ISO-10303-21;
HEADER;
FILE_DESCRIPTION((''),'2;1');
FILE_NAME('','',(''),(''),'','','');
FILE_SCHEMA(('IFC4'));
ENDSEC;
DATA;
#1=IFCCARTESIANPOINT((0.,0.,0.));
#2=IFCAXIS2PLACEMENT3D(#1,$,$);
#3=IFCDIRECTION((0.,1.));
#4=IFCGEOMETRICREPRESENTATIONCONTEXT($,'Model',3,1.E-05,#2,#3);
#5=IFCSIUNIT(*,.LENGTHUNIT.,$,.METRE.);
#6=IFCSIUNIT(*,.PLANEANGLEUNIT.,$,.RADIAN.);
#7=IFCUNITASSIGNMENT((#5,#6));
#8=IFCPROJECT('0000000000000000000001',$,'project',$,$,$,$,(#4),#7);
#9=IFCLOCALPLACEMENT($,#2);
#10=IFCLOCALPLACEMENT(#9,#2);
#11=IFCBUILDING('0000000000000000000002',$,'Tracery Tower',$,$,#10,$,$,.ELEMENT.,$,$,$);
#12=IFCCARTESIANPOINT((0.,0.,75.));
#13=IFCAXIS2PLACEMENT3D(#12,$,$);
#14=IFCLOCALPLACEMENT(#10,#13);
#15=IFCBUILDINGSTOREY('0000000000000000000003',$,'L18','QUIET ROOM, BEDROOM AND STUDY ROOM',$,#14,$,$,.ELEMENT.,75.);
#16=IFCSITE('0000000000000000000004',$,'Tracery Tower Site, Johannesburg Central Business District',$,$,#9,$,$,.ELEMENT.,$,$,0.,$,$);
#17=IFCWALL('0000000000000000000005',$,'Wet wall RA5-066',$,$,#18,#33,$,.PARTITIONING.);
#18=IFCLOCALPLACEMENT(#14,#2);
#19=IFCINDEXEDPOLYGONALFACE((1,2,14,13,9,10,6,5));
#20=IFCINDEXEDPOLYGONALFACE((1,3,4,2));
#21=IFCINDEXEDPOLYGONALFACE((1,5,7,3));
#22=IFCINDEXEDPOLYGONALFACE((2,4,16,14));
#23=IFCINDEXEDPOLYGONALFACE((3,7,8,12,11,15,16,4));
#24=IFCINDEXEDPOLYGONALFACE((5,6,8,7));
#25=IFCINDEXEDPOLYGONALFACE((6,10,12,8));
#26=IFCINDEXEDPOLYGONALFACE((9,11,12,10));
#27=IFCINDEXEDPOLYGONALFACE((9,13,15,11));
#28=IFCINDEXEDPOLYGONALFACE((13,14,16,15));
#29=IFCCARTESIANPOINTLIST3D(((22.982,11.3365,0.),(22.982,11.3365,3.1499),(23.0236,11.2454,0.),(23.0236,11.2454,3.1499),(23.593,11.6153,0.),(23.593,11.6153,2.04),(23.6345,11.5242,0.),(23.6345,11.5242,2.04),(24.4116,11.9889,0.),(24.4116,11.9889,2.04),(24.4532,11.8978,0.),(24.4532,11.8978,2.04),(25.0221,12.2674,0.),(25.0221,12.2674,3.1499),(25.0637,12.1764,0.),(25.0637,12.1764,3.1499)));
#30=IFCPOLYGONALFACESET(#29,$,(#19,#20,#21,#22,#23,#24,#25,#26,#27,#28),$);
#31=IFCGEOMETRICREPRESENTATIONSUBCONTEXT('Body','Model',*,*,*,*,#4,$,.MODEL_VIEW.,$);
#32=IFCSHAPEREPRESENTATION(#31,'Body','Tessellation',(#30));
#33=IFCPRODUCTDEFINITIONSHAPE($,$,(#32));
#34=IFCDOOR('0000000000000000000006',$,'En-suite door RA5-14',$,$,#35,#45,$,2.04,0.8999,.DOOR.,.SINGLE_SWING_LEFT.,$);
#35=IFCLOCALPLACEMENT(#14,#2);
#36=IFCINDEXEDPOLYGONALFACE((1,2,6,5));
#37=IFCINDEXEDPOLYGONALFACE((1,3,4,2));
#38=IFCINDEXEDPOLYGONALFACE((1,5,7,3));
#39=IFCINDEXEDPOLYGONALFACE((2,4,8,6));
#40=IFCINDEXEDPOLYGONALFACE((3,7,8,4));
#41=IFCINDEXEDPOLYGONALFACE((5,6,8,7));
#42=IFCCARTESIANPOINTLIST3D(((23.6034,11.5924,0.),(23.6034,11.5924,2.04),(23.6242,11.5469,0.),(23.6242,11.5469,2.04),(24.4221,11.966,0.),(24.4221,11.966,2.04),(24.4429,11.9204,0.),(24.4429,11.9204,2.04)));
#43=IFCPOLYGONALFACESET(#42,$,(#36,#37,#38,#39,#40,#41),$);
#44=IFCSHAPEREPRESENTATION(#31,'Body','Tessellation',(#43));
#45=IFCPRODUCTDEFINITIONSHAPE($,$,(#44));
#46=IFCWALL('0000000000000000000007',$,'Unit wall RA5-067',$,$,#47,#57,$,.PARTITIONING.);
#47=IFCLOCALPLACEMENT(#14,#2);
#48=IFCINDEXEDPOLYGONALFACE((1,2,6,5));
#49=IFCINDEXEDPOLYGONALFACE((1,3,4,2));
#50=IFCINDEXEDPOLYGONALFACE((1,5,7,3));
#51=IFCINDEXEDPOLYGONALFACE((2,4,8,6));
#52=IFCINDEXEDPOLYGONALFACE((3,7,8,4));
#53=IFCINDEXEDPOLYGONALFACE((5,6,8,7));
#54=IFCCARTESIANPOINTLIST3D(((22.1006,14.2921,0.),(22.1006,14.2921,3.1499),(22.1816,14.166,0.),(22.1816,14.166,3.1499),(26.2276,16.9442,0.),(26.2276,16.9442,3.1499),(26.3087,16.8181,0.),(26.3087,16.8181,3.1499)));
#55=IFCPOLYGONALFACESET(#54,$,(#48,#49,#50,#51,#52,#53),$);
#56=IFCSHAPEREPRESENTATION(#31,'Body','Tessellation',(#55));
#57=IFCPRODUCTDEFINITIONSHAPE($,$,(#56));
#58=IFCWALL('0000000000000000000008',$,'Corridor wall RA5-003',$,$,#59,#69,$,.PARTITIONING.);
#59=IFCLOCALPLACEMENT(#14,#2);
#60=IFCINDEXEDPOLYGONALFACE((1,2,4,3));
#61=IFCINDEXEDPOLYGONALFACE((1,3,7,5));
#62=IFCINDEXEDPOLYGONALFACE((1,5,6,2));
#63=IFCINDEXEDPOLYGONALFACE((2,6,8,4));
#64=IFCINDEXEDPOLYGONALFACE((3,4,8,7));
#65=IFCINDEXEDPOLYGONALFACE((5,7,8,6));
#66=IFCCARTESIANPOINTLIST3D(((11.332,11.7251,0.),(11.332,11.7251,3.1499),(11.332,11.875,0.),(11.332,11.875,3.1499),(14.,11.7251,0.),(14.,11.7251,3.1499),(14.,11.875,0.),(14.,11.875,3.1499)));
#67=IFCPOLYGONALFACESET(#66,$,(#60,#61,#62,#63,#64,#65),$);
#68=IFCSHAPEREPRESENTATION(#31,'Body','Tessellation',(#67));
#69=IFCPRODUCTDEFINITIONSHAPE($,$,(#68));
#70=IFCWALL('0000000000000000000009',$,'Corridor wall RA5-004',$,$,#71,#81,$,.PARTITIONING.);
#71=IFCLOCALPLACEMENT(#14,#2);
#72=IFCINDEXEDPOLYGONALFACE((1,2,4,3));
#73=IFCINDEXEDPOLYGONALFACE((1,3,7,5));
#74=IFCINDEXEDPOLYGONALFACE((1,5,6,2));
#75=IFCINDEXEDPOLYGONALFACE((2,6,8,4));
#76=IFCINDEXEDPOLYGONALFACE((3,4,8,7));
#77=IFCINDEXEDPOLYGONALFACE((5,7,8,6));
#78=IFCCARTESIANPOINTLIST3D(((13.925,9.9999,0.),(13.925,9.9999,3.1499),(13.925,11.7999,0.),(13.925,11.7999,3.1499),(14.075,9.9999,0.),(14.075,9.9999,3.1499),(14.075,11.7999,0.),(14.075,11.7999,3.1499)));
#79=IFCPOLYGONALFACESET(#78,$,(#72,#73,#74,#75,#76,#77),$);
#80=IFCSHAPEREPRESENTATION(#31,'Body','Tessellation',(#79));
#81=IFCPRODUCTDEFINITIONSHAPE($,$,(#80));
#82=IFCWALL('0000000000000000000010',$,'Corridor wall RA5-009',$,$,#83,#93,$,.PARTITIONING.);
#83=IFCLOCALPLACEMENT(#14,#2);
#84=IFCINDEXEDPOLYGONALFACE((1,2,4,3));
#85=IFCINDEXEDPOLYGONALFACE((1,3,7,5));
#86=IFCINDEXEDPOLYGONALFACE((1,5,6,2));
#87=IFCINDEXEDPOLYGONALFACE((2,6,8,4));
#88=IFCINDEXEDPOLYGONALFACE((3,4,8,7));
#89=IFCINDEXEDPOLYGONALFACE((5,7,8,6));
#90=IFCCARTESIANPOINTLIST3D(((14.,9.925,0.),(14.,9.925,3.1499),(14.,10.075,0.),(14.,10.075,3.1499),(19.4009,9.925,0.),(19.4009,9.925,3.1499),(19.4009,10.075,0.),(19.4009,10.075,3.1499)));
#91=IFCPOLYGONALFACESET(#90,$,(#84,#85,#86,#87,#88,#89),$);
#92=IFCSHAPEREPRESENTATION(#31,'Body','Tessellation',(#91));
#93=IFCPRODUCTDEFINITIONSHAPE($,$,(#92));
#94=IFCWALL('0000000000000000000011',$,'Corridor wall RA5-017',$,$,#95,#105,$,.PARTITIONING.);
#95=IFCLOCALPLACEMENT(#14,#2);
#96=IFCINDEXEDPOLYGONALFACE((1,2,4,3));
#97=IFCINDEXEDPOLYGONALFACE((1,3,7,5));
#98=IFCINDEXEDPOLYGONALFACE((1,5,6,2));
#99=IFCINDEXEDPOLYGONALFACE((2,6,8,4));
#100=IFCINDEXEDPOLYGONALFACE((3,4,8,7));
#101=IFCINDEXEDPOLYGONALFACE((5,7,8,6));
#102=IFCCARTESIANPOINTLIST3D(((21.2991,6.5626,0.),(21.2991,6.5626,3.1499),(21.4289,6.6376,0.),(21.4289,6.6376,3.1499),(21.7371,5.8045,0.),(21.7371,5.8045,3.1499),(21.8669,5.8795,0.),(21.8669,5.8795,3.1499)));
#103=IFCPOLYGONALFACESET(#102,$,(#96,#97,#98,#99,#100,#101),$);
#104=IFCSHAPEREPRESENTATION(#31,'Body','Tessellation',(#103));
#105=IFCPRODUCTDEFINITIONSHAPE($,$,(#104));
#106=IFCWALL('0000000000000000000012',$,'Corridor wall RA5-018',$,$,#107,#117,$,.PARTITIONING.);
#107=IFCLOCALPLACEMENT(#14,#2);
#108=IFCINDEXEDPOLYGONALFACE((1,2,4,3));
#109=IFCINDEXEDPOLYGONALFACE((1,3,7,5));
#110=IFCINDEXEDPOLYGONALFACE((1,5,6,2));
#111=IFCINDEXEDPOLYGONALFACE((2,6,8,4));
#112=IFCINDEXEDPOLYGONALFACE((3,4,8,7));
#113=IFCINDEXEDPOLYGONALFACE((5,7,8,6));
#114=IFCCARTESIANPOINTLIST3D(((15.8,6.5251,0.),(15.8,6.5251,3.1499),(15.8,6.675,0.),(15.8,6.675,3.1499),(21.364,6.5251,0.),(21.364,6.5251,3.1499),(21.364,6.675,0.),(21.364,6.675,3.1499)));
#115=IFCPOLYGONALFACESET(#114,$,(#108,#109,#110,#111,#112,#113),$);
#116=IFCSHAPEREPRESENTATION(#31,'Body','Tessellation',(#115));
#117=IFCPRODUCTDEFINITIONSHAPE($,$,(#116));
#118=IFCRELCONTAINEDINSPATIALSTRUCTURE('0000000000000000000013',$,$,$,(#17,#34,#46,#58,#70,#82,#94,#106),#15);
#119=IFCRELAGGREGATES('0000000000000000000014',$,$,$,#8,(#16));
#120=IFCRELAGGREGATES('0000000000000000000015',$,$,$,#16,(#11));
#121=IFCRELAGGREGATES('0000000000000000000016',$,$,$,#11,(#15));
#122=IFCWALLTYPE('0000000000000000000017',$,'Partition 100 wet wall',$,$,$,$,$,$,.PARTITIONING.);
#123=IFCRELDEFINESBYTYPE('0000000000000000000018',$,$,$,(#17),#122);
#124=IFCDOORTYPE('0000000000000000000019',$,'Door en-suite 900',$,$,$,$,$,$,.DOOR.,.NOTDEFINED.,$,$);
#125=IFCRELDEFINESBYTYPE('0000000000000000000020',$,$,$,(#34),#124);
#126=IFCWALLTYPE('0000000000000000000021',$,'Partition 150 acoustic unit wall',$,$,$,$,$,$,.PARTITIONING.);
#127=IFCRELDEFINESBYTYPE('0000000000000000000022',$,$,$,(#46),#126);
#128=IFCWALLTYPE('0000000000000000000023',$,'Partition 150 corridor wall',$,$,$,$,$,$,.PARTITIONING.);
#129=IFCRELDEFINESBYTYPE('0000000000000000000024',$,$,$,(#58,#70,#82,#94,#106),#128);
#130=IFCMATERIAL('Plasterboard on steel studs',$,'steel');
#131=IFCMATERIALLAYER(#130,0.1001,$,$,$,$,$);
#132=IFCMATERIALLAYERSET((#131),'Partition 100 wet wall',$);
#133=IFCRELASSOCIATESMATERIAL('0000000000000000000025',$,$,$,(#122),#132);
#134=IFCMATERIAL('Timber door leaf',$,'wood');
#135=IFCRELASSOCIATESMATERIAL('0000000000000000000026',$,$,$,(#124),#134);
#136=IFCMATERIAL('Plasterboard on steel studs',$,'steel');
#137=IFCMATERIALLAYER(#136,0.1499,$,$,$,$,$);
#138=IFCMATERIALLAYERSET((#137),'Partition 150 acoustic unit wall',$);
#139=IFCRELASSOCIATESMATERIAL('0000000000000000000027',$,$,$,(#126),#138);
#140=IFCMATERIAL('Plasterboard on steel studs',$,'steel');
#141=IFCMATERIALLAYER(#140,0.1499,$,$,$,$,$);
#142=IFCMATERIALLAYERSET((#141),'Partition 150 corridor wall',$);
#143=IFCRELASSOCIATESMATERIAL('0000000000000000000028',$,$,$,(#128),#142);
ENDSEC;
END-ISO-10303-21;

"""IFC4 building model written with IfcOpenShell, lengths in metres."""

from ifc_helpers import new_model, si_unit, direction, frame, frame_2d, origin, place, context, subcontext, project, spatial, rectangle, extrude, material, layer, layer_set, type_object, element, fill, save


model = new_model("IFC4")

# Units and contexts
model_context = context("Model", 3, precision=1e-05, world=origin(), true_north=direction((0.0, 1.0)))
body_context = subcontext(model_context, "Body", "Model", "MODEL_VIEW")
ifc_project = project(units=[si_unit("LENGTHUNIT", "METRE"), si_unit("PLANEANGLEUNIT", "RADIAN")], contexts=[model_context])

# Site, building, storey
site_placement = place(None, origin())
site = spatial("IfcSite", under=ifc_project, at=site_placement, Name="Tracery Tower Site, Johannesburg Central Business District", CompositionType="ELEMENT", RefElevation=0.0)
building_placement = place(site_placement, origin())
building = spatial("IfcBuilding", under=site, at=building_placement, Name="Tracery Tower", CompositionType="ELEMENT")
storey_placement = place(building_placement, frame((0.0, 0.0, 75.0)))
storey = spatial("IfcBuildingStorey", under=building, at=storey_placement, Name="L18", Description="QUIET ROOM, BEDROOM AND STUDY ROOM", CompositionType="ELEMENT", Elevation=75.0)

# Wall, opening, door
ifc_material_1 = material(Name="Plasterboard on steel studs", Category="steel")
ifc_layer_1 = layer(ifc_material_1, 0.1001)
ifc_layer_set_1 = layer_set([ifc_layer_1], Name="Partition 100 wet wall")
wall_type_1 = type_object("IfcWallType", Name="Partition 100 wet wall", PredefinedType="PARTITIONING", material=ifc_layer_set_1)
wall_1_placement = place(storey_placement, frame((23.0029, 11.291, 0.0), z_axis=(0.0, 0.0, 1.0), x_axis=(0.909758, 0.41514, 0.0)))
wall_1 = element("IfcWall", 1, at=wall_1_placement, inside=storey, type_object=wall_type_1, Name="Wet wall RA5-066", PredefinedType="PARTITIONING", context=body_context, shape_type="SweptSolid", body=[
    extrude(rectangle(XDim=2.2424, YDim=0.1001, at=frame_2d((1.1211, 0.0))), origin(), (0.0, 0.0, 1.0), 3.1499),
])
opening_1_placement = place(wall_1_placement, frame((0.6714, 0.0, 0.0)))
opening_1 = element("IfcOpeningElement", 2, at=opening_1_placement, cuts=wall_1, PredefinedType="OPENING", context=body_context, shape_type="SweptSolid", body=[
    extrude(rectangle(XDim=0.8999, YDim=2.04, at=frame_2d((0.45, 1.02))), frame((0.0, 0.05, 0.0), z_axis=(0.0, -1.0, 0.0), x_axis=(1.0, 0.0, 0.0)), (0.0, 0.0, 1.0), 0.1001),
])
ifc_material_2 = material(Name="Timber door leaf", Category="wood")
door_type_1 = type_object("IfcDoorType", Name="Door en-suite 900", OperationType="NOTDEFINED", PredefinedType="DOOR", material=ifc_material_2)
door_1_placement = place(opening_1_placement, origin())
door_1 = element("IfcDoor", 3, at=door_1_placement, inside=storey, type_object=door_type_1, Name="En-suite door RA5-14", OperationType="SINGLE_SWING_LEFT", OverallHeight=2.04, OverallWidth=0.8999, PredefinedType="DOOR", context=body_context, shape_type="SweptSolid", body=[
    extrude(rectangle(XDim=0.8999, YDim=2.04, at=frame_2d((0.45, 1.02))), frame((0.0, 0.0249, 0.0), z_axis=(0.0, -1.0, 0.0), x_axis=(1.0, 0.0, 0.0)), (0.0, 0.0, 1.0), 0.05),
])
fill(opening_1, door_1)

# Walls
ifc_material_3 = material(Name="Plasterboard on steel studs", Category="steel")
ifc_layer_2 = layer(ifc_material_3, 0.1499)
ifc_layer_set_2 = layer_set([ifc_layer_2], Name="Partition 150 acoustic unit wall")
wall_type_2 = type_object("IfcWallType", Name="Partition 150 acoustic unit wall", PredefinedType="PARTITIONING", material=ifc_layer_set_2)
wall_2_placement = place(storey_placement, frame((22.1411, 14.229, 0.0), z_axis=(0.0, 0.0, 1.0), x_axis=(0.841266, 0.540622, 0.0)))
element("IfcWall", 4, at=wall_2_placement, inside=storey, type_object=wall_type_2, Name="Unit wall RA5-067", PredefinedType="PARTITIONING", context=body_context, shape_type="SweptSolid", body=[
    extrude(rectangle(XDim=4.9058, YDim=0.1499, at=frame_2d((2.4529, 0.0))), origin(), (0.0, 0.0, 1.0), 3.1499),
])
ifc_material_4 = material(Name="Plasterboard on steel studs", Category="steel")
ifc_layer_3 = layer(ifc_material_4, 0.1499)
ifc_layer_set_3 = layer_set([ifc_layer_3], Name="Partition 150 corridor wall")
wall_type_3 = type_object("IfcWallType", Name="Partition 150 corridor wall", PredefinedType="PARTITIONING", material=ifc_layer_set_3)
wall_3_placement = place(storey_placement, frame((11.332, 11.8, 0.0), z_axis=(0.0, 0.0, 1.0), x_axis=(1.0, 0.0, 0.0)))
element("IfcWall", 5, at=wall_3_placement, inside=storey, type_object=wall_type_3, Name="Corridor wall RA5-003", PredefinedType="PARTITIONING", context=body_context, shape_type="SweptSolid", body=[
    extrude(rectangle(XDim=2.668, YDim=0.1499, at=frame_2d((1.334, 0.0))), origin(), (0.0, 0.0, 1.0), 3.1499),
])
wall_4_placement = place(storey_placement, frame((14.0, 10.0, 0.0), z_axis=(0.0, 0.0, 1.0), x_axis=(0.0, 1.0, 0.0)))
element("IfcWall", 6, at=wall_4_placement, inside=storey, type_object=wall_type_3, Name="Corridor wall RA5-004", PredefinedType="PARTITIONING", context=body_context, shape_type="SweptSolid", body=[
    extrude(rectangle(XDim=1.8, YDim=0.1499, at=frame_2d((0.8999, 0.0))), origin(), (0.0, 0.0, 1.0), 3.1499),
])
wall_5_placement = place(storey_placement, frame((14.0, 10.0, 0.0), z_axis=(0.0, 0.0, 1.0), x_axis=(1.0, 0.0, 0.0)))
element("IfcWall", 7, at=wall_5_placement, inside=storey, type_object=wall_type_3, Name="Corridor wall RA5-009", PredefinedType="PARTITIONING", context=body_context, shape_type="SweptSolid", body=[
    extrude(rectangle(XDim=5.4009, YDim=0.1499, at=frame_2d((2.7004, 0.0))), origin(), (0.0, 0.0, 1.0), 3.1499),
])
wall_6_placement = place(storey_placement, frame((21.364, 6.6001, 0.0), z_axis=(0.0, 0.0, 1.0), x_axis=(0.500278, -0.865865, 0.0)))
element("IfcWall", 8, at=wall_6_placement, inside=storey, type_object=wall_type_3, Name="Corridor wall RA5-017", PredefinedType="PARTITIONING", context=body_context, shape_type="SweptSolid", body=[
    extrude(rectangle(XDim=0.8755, YDim=0.1499, at=frame_2d((0.4377, 0.0))), origin(), (0.0, 0.0, 1.0), 3.1499),
])
wall_7_placement = place(storey_placement, frame((15.8, 6.6001, 0.0), z_axis=(0.0, 0.0, 1.0), x_axis=(1.0, 0.0, 0.0)))
element("IfcWall", 9, at=wall_7_placement, inside=storey, type_object=wall_type_3, Name="Corridor wall RA5-018", PredefinedType="PARTITIONING", context=body_context, shape_type="SweptSolid", body=[
    extrude(rectangle(XDim=5.564, YDim=0.1499, at=frame_2d((2.782, 0.0))), origin(), (0.0, 0.0, 1.0), 3.1499),
])

save(model, "model.ifc")
